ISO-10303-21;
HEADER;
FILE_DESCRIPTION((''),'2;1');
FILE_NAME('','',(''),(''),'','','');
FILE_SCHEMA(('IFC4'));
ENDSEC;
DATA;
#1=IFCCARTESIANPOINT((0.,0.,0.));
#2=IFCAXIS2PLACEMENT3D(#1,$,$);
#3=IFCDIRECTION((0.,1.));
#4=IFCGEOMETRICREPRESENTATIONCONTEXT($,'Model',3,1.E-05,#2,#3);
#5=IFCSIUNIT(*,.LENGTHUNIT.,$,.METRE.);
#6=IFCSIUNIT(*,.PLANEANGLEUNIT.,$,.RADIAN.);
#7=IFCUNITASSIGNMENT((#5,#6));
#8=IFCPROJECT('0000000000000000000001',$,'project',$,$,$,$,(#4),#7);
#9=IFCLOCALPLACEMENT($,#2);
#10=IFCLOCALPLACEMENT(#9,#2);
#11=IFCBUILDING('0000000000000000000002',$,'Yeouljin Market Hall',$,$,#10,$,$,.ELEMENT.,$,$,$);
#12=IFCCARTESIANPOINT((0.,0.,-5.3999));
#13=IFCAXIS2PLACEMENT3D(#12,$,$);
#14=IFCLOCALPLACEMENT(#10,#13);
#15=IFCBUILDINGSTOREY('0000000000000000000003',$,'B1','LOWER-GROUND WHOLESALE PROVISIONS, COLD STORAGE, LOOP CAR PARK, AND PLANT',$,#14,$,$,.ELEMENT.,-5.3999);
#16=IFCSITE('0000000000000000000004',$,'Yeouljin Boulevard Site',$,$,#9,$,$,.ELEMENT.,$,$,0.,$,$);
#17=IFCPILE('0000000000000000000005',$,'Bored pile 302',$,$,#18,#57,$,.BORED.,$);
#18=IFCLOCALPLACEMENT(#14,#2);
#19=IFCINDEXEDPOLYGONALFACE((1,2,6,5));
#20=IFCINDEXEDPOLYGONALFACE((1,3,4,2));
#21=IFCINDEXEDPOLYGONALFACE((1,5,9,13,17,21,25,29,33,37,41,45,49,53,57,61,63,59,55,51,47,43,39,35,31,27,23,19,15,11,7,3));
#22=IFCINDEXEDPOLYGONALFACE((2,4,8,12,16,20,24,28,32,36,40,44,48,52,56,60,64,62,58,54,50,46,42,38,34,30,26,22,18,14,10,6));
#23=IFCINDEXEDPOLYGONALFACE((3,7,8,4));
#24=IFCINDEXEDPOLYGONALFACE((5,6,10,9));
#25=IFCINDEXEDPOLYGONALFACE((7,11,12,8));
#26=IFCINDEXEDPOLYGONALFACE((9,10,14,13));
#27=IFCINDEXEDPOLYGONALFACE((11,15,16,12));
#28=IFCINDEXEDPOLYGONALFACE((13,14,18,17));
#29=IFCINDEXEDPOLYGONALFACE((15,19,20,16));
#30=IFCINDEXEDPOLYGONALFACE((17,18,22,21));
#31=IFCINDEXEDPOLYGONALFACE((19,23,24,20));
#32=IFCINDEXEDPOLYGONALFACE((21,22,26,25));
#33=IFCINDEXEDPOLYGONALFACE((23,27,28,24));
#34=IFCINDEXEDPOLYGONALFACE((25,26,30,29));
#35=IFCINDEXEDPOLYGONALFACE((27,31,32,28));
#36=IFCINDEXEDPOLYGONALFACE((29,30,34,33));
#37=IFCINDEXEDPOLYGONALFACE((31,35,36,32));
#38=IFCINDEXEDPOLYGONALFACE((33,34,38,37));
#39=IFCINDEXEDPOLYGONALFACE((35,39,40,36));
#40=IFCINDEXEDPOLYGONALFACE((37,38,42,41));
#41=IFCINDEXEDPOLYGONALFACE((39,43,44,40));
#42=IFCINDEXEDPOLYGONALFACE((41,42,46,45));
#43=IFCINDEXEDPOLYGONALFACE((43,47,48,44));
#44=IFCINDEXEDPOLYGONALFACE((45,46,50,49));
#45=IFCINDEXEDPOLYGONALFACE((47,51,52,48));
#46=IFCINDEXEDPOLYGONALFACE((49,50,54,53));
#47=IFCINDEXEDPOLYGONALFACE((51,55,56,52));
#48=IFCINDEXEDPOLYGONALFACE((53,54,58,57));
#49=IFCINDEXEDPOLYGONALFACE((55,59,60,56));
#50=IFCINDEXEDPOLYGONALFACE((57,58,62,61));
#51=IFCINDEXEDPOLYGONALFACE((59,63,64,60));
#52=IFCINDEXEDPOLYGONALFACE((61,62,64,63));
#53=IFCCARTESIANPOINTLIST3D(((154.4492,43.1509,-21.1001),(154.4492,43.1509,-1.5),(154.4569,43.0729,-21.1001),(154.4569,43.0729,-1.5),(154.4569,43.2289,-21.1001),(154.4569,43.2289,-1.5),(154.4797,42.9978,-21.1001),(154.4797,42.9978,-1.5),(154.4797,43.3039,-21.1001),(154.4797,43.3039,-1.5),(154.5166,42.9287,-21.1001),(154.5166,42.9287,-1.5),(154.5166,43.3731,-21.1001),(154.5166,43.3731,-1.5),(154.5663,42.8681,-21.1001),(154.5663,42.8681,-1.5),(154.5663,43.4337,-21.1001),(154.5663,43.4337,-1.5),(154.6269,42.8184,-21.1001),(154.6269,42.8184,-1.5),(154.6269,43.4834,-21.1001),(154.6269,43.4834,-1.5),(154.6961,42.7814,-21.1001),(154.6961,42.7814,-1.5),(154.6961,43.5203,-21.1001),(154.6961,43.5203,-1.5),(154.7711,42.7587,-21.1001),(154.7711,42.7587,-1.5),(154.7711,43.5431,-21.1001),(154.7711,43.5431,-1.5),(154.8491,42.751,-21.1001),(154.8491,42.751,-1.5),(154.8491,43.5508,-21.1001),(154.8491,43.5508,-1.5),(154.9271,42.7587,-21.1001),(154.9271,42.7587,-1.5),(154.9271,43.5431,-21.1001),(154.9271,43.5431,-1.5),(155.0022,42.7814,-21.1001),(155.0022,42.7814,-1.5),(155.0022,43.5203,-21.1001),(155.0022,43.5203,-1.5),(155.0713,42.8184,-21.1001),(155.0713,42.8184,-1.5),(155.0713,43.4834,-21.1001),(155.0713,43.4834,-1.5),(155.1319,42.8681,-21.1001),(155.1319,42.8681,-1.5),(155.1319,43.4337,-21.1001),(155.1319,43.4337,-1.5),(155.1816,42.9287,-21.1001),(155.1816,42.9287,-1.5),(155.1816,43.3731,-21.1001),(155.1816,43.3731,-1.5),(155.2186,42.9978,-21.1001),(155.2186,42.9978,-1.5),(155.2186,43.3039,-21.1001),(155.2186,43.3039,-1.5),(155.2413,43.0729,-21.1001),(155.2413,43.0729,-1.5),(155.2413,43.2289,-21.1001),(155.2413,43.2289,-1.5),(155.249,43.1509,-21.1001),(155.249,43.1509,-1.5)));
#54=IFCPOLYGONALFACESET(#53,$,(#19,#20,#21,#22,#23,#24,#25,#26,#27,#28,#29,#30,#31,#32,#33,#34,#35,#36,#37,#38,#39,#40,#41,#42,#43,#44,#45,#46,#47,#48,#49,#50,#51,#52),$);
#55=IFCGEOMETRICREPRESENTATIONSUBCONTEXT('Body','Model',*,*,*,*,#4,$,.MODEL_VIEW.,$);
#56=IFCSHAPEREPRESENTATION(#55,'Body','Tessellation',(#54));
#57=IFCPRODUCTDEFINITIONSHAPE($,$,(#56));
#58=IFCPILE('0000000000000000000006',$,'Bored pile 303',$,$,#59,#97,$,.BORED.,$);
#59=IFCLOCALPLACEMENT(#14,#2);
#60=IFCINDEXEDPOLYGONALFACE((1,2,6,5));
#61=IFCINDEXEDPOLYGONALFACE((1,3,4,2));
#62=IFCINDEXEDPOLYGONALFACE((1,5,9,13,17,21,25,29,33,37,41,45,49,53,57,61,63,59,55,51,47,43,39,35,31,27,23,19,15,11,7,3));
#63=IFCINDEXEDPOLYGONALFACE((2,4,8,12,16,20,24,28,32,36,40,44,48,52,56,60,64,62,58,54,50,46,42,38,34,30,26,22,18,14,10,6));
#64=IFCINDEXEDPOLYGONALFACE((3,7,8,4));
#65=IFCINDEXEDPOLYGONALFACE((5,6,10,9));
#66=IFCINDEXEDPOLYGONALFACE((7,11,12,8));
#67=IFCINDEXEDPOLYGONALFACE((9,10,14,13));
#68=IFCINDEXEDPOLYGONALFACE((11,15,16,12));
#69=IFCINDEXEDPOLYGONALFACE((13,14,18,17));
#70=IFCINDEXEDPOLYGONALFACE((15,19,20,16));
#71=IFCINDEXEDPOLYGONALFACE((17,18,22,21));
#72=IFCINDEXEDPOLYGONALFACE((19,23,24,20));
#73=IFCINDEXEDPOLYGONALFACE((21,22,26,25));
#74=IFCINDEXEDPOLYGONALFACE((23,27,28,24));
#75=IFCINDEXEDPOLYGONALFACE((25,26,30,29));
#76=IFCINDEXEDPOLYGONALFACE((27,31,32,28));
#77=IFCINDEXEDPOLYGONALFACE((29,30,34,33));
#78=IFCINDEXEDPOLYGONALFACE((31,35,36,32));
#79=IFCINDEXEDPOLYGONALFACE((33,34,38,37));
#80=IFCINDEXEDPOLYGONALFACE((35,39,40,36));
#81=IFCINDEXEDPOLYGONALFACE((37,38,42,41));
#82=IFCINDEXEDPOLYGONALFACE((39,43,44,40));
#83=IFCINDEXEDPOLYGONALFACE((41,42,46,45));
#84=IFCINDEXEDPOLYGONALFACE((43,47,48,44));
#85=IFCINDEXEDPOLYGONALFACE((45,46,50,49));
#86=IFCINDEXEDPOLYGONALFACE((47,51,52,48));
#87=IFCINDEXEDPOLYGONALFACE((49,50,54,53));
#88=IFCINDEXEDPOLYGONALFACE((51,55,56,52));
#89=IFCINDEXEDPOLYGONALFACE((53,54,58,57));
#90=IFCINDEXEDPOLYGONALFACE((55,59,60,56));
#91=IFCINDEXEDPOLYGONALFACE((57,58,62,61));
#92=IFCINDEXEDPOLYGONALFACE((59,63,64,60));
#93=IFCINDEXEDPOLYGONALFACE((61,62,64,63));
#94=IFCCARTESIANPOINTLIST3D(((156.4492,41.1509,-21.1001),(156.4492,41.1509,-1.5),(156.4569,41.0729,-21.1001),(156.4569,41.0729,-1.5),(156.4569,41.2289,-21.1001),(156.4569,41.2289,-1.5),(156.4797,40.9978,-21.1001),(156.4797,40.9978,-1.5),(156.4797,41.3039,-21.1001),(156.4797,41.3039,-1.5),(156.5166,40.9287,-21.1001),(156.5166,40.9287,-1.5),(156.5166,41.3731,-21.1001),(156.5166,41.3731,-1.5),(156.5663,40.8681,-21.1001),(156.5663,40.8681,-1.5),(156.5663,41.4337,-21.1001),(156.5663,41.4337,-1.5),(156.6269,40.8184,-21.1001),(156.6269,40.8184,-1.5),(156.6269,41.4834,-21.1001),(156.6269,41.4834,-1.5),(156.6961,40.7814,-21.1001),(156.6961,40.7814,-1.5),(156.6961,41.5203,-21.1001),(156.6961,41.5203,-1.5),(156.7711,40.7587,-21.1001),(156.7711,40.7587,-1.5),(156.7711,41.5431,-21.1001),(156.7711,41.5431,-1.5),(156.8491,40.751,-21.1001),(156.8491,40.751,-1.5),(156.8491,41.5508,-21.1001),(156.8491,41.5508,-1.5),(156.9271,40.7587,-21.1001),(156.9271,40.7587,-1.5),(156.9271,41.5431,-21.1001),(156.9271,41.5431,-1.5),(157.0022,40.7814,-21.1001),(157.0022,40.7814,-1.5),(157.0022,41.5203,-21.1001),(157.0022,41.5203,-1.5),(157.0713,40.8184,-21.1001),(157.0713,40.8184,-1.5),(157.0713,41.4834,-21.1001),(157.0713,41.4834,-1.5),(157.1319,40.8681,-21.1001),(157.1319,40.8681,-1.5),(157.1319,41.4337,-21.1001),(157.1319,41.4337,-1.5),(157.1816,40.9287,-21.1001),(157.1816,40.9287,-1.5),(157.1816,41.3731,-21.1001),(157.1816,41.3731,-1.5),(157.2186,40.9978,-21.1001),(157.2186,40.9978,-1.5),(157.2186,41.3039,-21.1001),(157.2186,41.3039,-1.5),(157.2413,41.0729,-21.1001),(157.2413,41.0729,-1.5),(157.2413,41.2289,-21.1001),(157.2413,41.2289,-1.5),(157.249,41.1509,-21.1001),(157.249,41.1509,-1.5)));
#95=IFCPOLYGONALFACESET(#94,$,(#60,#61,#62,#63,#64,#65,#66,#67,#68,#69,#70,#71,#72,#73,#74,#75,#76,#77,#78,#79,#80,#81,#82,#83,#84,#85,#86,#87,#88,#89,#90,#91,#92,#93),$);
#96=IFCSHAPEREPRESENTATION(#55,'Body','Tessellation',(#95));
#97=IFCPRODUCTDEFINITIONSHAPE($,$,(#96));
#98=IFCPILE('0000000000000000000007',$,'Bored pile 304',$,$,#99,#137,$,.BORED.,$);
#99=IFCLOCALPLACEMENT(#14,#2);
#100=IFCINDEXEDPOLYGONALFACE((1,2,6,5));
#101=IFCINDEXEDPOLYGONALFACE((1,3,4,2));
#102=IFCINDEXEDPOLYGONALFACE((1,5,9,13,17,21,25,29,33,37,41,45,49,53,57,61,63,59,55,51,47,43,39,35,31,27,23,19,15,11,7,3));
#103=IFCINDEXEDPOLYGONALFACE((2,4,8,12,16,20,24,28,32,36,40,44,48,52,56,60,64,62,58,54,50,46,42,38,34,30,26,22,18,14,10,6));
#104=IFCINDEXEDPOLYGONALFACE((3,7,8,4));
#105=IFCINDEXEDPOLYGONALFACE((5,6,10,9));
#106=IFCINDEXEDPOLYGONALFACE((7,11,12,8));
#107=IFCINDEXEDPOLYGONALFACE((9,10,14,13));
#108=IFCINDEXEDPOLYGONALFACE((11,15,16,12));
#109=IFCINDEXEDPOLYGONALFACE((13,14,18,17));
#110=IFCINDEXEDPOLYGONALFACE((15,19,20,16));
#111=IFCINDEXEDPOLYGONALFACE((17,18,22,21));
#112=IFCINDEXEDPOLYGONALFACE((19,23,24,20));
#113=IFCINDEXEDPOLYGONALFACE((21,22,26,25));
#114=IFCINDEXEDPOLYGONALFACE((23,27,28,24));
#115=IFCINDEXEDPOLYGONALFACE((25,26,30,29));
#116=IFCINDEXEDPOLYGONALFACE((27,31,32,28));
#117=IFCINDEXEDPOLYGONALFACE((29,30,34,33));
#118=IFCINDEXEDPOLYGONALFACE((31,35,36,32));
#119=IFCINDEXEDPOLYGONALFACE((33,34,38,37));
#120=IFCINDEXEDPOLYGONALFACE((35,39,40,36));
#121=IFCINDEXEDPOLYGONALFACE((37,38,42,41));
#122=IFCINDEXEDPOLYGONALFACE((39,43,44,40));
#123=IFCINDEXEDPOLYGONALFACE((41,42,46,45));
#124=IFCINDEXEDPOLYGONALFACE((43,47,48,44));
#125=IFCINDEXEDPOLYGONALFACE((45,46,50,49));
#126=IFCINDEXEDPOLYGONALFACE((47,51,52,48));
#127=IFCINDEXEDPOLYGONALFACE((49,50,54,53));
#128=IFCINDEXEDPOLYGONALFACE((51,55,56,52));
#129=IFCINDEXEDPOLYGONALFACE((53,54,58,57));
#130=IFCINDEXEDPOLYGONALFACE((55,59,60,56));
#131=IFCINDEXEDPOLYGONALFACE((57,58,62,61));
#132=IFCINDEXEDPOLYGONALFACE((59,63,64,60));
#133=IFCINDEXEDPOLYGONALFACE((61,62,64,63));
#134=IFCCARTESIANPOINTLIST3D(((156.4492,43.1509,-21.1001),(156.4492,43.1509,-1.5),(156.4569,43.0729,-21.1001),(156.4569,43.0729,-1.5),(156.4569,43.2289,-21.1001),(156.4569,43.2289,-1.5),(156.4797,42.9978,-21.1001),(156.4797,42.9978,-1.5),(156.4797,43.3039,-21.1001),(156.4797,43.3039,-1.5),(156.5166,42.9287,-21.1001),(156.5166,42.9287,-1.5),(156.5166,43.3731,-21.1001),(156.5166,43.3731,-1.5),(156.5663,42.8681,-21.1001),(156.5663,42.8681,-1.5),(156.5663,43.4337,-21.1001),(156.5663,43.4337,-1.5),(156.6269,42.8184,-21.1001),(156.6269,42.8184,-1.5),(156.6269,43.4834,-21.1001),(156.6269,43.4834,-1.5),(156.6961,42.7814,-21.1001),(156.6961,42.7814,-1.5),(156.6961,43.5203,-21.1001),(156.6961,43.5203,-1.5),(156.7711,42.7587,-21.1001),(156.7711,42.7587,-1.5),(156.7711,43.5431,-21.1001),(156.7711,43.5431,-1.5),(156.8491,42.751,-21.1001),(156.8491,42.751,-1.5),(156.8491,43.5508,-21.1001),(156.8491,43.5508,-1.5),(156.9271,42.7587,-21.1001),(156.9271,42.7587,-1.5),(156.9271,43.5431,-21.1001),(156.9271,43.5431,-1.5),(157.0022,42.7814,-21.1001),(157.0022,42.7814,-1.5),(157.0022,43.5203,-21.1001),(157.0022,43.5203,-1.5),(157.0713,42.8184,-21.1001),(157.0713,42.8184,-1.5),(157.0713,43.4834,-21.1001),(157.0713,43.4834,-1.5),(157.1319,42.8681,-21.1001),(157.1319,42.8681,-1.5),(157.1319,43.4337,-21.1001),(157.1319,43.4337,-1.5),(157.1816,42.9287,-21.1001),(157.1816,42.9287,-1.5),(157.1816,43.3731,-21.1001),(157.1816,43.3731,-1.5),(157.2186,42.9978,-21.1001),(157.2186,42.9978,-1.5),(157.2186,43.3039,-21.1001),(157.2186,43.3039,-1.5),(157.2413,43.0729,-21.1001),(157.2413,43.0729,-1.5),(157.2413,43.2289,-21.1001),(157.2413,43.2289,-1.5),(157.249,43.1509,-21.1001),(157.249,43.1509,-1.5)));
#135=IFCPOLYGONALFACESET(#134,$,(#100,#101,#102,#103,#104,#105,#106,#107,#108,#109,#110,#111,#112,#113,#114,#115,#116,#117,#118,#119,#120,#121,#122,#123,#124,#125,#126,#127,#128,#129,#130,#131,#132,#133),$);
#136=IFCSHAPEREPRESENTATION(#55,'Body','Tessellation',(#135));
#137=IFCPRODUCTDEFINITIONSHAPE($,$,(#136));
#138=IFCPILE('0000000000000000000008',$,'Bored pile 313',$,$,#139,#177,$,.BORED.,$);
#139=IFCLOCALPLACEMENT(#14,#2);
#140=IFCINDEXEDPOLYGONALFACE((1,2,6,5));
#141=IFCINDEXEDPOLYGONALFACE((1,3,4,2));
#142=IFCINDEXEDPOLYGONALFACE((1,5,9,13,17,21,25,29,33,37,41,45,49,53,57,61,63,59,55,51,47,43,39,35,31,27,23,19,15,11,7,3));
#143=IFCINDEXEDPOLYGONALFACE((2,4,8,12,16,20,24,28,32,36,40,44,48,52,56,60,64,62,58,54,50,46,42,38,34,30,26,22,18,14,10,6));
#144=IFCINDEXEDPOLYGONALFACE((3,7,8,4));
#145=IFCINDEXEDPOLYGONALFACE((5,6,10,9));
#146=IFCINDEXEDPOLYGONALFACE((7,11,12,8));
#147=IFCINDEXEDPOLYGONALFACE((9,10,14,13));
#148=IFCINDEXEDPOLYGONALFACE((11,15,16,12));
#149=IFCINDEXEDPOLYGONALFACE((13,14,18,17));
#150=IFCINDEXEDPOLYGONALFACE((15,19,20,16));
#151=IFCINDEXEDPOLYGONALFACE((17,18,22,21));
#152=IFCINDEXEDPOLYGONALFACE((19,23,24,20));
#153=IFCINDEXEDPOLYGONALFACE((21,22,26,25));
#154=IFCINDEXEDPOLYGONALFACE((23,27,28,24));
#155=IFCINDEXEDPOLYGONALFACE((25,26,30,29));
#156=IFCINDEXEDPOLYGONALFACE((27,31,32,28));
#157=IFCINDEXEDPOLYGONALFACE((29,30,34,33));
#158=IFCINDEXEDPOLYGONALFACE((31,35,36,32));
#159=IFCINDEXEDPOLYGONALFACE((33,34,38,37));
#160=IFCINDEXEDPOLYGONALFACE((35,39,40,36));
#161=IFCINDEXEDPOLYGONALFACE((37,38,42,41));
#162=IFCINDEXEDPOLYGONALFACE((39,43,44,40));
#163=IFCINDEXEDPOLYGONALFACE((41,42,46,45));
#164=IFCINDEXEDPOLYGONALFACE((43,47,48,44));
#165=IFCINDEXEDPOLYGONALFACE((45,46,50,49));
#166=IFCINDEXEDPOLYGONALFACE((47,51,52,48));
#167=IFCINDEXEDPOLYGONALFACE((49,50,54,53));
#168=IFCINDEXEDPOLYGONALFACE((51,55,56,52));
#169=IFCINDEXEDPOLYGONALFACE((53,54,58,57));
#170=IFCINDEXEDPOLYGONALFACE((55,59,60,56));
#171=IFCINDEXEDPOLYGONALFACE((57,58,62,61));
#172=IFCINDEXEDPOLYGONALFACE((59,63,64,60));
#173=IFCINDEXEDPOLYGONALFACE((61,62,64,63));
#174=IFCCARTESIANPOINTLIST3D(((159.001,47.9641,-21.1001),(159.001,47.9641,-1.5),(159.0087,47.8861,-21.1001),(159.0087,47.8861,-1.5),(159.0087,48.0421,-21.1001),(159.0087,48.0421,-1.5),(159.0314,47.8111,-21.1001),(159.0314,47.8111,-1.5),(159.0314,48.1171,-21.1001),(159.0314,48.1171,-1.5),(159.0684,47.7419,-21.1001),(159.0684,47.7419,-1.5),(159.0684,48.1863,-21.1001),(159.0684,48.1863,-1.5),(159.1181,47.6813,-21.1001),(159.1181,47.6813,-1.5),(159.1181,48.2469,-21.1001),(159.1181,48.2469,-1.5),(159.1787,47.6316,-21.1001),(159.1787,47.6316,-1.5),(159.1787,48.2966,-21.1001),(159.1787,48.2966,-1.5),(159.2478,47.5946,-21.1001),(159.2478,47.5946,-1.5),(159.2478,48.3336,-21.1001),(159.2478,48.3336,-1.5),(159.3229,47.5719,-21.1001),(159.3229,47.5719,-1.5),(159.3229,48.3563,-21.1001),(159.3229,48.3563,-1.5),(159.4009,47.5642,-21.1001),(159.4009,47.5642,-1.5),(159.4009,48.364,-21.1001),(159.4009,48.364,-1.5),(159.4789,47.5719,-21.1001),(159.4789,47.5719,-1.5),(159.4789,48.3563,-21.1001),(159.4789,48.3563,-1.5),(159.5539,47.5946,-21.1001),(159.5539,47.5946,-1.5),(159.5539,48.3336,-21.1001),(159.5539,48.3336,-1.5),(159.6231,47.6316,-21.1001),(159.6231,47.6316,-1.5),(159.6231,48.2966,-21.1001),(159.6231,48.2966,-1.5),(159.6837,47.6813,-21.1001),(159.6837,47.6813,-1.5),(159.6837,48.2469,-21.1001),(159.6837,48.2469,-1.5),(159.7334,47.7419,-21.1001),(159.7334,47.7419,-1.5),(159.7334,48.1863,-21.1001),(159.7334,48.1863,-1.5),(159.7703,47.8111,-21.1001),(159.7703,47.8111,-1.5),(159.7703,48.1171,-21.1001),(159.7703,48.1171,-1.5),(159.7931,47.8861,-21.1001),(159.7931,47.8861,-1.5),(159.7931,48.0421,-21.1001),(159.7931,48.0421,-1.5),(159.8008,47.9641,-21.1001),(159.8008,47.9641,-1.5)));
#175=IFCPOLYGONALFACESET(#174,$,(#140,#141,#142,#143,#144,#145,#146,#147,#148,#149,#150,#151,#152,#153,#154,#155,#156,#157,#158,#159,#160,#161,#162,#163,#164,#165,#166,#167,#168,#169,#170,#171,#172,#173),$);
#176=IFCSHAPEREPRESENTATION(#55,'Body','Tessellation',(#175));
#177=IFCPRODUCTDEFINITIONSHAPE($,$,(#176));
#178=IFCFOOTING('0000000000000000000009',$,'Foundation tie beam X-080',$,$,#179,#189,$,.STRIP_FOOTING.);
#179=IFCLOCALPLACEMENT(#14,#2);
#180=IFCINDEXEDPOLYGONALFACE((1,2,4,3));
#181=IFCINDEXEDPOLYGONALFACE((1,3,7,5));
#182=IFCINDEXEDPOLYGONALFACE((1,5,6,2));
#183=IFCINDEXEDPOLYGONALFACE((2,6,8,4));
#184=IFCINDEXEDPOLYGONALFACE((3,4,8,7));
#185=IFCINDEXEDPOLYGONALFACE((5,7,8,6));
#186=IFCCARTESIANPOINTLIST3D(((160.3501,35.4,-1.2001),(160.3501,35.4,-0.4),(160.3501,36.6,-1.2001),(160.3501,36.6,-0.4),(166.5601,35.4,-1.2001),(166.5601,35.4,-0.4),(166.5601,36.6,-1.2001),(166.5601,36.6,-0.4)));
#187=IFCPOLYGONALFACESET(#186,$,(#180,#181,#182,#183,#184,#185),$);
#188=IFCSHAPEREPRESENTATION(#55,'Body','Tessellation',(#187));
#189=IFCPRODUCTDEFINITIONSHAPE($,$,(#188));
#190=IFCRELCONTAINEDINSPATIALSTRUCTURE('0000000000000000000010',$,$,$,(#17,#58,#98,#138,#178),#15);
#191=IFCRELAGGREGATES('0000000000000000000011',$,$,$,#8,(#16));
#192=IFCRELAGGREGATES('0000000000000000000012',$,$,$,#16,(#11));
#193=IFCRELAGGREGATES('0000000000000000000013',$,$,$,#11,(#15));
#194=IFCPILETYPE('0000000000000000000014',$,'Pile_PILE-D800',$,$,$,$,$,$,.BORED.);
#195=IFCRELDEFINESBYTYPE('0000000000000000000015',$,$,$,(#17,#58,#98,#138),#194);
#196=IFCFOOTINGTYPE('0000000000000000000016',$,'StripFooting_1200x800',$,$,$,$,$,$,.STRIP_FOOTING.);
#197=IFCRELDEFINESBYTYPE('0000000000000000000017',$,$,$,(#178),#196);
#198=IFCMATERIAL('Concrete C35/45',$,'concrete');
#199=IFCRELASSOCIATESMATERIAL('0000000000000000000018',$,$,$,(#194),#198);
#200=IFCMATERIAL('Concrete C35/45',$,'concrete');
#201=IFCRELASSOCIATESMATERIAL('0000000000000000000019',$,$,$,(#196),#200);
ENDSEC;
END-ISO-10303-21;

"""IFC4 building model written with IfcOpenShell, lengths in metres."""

from ifc_helpers import new_model, si_unit, direction, frame, origin, origin_2d, place, context, subcontext, project, spatial, rectangle, circle, extrude, material, material_profile, profile_set, type_object, element, save


model = new_model("IFC4")

# Units and contexts
model_context = context("Model", 3, precision=1e-05, world=origin(), true_north=direction((0.0, 1.0)))
body_context = subcontext(model_context, "Body", "Model", "MODEL_VIEW")
ifc_project = project(units=[si_unit("LENGTHUNIT", "METRE"), si_unit("PLANEANGLEUNIT", "RADIAN")], contexts=[model_context])

# Site, building, storey
site_placement = place(None, origin())
site = spatial("IfcSite", under=ifc_project, at=site_placement, Name="Yeouljin Boulevard Site", CompositionType="ELEMENT", RefElevation=0.0)
building_placement = place(site_placement, origin())
building = spatial("IfcBuilding", under=site, at=building_placement, Name="Yeouljin Market Hall", CompositionType="ELEMENT")
storey_placement = place(building_placement, frame((0.0, 0.0, -5.3999)))
storey = spatial("IfcBuildingStorey", under=building, at=storey_placement, Name="B1", Description="LOWER-GROUND WHOLESALE PROVISIONS, COLD STORAGE, LOOP CAR PARK, AND PLANT", CompositionType="ELEMENT", Elevation=-5.3999)

# Piles
ifc_material_1 = material(Name="Concrete C35/45", Category="concrete")
ifc_material_profile_1 = material_profile(ifc_material_1, circle(Radius=0.3999, at=origin_2d()), Name="PILE-D800")
ifc_profile_set_1 = profile_set([ifc_material_profile_1], Name="Concrete C35/45")
pile_type_1 = type_object("IfcPileType", Name="Pile_PILE-D800", PredefinedType="BORED", material=ifc_profile_set_1)
for number, where, z_axis, x_axis, name in (
    (1, (154.8491, 43.1509, -1.5), (0.0, 0.0, -1.0), (1.0, 0.0, 0.0), "Bored pile 302"),
    (2, (156.8491, 41.1509, -1.5), (0.0, 0.0, -1.0), (1.0, 0.0, 0.0), "Bored pile 303"),
    (3, (156.8491, 43.1509, -1.5), (0.0, 0.0, -1.0), (1.0, 0.0, 0.0), "Bored pile 304"),
    (4, (159.4009, 47.9641, -1.5), (0.0, 0.0, -1.0), (1.0, 0.0, 0.0), "Bored pile 313"),
):
    element("IfcPile", number, at=place(storey_placement, frame(where, z_axis=z_axis, x_axis=x_axis)), inside=storey, type_object=pile_type_1, Name=name, PredefinedType="BORED", context=body_context, shape_type="SweptSolid", body=[
        extrude(circle(Radius=0.3999, at=origin_2d()), origin(), (0.0, 0.0, 1.0), 19.6001),
    ])

# Footing
ifc_material_2 = material(Name="Concrete C35/45", Category="concrete")
ifc_material_profile_2 = material_profile(ifc_material_2, rectangle(XDim=1.2, YDim=0.8, at=origin_2d()), Name="SF-1200x800")
ifc_profile_set_2 = profile_set([ifc_material_profile_2], Name="Concrete C35/45")
footing_type_1 = type_object("IfcFootingType", Name="StripFooting_1200x800", PredefinedType="STRIP_FOOTING", material=ifc_profile_set_2)
footing_1_placement = place(storey_placement, frame((160.3501, 36.0, -0.8), z_axis=(1.0, 0.0, 0.0), x_axis=(0.0, 1.0, 0.0)))
element("IfcFooting", 5, at=footing_1_placement, inside=storey, type_object=footing_type_1, Name="Foundation tie beam X-080", PredefinedType="STRIP_FOOTING", context=body_context, shape_type="SweptSolid", body=[
    extrude(rectangle(XDim=1.2, YDim=0.8, at=origin_2d()), origin(), (0.0, 0.0, 1.0), 6.21),
])

save(model, "model.ifc")
